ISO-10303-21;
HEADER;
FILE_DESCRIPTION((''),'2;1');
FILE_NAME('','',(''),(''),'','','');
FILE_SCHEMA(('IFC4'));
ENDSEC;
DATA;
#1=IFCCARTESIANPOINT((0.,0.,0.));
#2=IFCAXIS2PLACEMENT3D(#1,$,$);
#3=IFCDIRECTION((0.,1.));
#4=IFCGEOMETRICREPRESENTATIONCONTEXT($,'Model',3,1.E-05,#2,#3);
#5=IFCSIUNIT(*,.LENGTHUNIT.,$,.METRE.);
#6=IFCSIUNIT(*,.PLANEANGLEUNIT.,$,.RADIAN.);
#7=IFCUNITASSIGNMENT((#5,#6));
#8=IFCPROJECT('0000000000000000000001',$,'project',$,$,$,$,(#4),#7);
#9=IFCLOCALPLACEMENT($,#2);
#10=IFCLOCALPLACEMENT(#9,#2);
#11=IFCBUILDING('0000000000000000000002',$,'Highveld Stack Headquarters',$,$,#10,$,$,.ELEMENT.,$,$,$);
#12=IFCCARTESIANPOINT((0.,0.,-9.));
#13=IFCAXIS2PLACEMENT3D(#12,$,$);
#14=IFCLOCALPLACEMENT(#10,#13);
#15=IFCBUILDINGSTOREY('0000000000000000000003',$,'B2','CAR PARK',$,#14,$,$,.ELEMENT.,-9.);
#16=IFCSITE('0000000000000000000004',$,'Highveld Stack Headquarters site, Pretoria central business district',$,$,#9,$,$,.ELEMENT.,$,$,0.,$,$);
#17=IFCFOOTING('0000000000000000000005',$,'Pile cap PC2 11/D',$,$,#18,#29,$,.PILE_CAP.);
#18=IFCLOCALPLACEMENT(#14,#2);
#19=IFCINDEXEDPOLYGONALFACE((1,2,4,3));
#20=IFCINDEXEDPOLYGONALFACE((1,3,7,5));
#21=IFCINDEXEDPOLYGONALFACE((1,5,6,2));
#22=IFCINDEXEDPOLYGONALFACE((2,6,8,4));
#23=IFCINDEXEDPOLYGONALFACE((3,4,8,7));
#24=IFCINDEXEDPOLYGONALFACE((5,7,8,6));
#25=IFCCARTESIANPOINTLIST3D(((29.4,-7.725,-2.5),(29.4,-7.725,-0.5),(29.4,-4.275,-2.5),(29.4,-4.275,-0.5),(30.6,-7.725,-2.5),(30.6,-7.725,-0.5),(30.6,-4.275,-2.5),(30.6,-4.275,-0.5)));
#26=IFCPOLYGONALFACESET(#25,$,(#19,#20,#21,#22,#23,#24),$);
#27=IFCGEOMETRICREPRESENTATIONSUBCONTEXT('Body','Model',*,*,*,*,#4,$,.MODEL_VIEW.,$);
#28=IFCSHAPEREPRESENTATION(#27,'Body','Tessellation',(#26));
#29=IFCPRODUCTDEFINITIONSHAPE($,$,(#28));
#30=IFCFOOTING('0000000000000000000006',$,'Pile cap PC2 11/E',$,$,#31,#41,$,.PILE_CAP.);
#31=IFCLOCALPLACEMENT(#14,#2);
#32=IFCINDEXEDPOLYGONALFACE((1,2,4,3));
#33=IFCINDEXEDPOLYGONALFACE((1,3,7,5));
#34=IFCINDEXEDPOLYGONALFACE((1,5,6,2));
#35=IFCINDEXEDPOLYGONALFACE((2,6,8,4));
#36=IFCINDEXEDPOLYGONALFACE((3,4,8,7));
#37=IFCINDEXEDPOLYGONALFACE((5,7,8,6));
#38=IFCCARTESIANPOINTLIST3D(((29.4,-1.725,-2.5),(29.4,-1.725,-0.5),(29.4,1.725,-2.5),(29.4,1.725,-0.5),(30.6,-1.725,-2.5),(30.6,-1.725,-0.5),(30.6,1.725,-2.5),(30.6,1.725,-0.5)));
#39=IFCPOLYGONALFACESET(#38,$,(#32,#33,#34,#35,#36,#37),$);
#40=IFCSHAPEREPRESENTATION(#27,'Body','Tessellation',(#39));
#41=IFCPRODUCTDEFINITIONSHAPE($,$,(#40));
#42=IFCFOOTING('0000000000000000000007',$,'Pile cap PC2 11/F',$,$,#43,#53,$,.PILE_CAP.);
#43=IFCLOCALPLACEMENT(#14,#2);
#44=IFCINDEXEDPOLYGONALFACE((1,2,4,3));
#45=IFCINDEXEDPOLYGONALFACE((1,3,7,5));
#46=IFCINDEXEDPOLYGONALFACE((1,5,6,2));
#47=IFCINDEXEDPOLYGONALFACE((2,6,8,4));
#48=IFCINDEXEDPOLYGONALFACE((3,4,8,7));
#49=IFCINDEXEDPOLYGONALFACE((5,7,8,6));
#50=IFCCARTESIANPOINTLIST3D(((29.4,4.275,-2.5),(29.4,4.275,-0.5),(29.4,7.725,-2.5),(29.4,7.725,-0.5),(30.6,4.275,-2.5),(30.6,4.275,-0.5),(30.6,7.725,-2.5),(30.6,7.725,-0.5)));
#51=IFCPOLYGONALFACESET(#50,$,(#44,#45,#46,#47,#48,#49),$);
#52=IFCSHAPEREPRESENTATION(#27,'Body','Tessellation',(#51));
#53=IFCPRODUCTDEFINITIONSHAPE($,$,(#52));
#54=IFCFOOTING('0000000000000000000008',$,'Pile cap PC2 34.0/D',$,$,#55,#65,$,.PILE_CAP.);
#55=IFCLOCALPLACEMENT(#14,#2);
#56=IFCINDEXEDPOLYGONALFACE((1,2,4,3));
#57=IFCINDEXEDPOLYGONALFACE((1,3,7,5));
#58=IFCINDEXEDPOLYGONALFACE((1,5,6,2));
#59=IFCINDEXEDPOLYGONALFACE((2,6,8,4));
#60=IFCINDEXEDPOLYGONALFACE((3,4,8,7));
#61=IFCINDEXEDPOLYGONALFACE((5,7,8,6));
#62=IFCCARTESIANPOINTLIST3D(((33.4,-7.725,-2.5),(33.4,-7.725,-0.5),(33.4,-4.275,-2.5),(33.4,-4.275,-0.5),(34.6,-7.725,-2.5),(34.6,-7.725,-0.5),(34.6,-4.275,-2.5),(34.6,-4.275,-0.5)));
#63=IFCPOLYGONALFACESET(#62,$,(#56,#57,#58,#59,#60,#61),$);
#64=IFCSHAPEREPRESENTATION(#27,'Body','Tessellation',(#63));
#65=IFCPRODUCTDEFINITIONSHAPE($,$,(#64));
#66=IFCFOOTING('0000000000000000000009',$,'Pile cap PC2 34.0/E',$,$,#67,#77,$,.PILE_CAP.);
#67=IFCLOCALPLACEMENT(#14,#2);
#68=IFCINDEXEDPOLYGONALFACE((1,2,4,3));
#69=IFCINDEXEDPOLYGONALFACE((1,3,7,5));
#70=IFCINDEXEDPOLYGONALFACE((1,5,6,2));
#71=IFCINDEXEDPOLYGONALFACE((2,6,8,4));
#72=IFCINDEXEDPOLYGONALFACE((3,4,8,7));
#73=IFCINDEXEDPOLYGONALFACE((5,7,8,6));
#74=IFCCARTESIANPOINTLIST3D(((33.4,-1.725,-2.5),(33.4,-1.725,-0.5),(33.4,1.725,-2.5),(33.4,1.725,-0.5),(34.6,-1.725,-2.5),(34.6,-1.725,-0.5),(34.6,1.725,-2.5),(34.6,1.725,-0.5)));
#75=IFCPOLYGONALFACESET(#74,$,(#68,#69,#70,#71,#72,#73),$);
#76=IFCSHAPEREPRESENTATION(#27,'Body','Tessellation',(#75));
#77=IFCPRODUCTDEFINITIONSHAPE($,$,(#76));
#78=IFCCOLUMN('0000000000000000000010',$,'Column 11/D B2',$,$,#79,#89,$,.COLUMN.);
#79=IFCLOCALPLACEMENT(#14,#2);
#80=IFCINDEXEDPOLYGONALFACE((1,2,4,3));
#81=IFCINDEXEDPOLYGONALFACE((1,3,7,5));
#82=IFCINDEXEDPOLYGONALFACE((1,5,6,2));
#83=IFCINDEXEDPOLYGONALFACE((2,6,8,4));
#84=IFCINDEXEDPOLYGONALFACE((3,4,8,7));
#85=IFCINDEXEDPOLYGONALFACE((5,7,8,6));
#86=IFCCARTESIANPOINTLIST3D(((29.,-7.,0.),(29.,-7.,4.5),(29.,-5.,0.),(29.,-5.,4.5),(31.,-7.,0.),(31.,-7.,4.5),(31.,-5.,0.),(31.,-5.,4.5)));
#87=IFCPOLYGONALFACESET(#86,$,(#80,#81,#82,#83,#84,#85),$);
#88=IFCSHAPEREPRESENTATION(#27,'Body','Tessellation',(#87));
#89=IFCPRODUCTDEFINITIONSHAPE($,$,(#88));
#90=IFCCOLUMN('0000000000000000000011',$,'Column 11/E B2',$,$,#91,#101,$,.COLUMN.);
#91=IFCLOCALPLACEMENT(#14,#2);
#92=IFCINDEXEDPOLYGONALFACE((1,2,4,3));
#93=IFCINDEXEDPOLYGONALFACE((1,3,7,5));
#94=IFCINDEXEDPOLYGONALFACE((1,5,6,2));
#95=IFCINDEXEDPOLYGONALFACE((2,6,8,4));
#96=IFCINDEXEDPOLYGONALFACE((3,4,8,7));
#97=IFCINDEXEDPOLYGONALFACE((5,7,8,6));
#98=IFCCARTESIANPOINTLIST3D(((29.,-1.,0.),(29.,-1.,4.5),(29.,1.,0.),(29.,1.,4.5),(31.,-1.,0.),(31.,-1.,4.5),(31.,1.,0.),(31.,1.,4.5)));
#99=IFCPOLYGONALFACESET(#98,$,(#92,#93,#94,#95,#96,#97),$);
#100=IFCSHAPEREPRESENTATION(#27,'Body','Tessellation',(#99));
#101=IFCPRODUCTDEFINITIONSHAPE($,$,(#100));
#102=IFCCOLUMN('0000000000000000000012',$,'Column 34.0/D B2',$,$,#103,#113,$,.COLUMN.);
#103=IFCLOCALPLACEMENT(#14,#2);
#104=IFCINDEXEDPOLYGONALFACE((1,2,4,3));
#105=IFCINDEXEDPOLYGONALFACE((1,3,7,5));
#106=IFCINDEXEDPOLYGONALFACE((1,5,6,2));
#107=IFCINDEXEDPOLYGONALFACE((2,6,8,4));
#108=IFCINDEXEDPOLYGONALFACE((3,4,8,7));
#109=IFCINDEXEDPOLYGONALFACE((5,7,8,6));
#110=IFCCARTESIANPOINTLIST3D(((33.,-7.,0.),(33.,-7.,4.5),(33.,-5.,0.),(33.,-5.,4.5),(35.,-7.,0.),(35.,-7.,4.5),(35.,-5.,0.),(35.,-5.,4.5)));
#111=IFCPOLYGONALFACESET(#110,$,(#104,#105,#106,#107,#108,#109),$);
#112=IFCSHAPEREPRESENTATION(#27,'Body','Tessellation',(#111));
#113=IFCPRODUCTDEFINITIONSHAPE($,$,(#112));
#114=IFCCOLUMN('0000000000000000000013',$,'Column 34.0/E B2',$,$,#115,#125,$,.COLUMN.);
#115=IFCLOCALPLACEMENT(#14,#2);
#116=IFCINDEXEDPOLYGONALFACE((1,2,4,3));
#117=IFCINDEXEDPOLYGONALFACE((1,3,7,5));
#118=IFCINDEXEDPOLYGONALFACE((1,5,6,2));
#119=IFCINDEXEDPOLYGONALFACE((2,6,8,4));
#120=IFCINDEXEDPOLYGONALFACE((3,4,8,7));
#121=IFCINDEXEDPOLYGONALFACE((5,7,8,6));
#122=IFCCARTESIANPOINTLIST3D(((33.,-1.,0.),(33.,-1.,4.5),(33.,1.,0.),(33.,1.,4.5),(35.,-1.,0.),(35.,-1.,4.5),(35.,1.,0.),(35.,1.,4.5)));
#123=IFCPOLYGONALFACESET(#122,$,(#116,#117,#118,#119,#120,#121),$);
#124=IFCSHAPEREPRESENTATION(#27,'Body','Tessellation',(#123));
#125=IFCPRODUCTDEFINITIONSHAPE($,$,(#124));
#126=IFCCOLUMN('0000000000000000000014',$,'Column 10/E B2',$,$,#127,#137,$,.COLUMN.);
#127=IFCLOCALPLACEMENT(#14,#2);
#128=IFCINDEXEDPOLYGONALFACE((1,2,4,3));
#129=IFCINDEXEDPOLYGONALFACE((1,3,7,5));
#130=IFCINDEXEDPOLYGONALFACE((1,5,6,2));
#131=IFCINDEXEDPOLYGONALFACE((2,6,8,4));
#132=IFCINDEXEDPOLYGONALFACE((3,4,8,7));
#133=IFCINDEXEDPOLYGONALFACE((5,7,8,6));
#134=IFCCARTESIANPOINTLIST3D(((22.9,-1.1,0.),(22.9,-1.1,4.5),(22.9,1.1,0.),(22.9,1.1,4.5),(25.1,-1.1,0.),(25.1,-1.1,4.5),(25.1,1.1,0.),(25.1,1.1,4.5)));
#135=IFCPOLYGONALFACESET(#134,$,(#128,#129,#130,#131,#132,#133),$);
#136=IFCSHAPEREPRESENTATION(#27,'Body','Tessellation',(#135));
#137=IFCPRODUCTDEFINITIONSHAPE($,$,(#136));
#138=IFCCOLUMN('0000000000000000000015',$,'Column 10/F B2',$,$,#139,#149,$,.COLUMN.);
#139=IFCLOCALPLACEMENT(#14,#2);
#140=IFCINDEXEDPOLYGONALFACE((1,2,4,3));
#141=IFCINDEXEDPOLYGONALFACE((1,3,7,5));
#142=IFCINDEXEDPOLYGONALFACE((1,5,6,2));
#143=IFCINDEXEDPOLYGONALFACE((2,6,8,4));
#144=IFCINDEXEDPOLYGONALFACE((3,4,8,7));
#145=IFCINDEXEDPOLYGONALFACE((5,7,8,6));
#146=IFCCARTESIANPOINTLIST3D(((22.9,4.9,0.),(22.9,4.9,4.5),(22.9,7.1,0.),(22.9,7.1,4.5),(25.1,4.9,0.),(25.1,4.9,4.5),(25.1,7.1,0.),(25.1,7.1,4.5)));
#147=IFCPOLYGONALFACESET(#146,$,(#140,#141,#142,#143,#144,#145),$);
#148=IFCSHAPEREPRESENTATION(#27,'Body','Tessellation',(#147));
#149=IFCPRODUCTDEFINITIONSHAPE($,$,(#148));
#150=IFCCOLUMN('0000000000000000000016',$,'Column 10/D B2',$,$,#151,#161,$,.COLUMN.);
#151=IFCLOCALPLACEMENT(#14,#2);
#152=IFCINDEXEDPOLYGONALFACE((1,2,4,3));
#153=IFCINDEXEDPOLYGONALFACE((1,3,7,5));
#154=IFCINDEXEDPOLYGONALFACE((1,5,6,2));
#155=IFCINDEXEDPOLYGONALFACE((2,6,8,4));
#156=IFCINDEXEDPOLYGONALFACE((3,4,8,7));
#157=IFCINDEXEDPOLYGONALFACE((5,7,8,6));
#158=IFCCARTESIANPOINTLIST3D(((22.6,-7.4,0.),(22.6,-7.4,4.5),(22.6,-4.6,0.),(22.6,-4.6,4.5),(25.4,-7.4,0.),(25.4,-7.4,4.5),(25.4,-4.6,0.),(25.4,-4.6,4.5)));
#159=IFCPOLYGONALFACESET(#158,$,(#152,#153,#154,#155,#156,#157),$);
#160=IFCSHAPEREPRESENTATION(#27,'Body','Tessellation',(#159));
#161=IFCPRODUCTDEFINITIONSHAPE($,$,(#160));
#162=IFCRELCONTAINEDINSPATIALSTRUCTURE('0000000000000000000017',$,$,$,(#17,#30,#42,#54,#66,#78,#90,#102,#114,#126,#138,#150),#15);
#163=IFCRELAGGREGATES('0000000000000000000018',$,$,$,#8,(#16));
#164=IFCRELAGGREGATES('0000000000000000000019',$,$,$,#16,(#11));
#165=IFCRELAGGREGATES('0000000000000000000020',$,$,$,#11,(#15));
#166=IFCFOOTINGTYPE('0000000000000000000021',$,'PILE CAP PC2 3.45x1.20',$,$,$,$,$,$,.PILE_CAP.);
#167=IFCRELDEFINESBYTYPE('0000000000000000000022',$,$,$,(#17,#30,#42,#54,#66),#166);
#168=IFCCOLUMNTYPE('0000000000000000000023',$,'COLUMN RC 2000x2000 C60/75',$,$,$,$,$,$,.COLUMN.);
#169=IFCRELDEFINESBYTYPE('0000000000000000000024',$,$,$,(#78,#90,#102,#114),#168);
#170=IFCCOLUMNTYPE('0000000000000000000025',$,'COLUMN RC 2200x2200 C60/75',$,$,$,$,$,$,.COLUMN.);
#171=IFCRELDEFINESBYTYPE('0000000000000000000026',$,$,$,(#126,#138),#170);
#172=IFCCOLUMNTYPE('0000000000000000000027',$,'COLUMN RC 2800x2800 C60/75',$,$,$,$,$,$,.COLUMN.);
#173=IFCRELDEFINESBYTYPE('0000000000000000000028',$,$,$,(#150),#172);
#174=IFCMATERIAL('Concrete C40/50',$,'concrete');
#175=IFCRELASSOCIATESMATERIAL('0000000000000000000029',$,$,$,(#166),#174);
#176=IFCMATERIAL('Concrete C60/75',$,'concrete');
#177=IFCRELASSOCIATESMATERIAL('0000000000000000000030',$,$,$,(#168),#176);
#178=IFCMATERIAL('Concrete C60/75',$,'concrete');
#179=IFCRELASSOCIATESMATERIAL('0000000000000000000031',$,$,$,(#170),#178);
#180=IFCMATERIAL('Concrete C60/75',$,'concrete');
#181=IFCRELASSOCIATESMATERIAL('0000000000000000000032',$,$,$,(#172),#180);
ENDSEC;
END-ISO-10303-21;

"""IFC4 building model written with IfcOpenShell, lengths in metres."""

from ifc_helpers import new_model, si_unit, direction, frame, origin, origin_2d, place, context, subcontext, project, spatial, rectangle, extrude, material, material_profile, profile_set, type_object, element, save


model = new_model("IFC4")

# Units and contexts
model_context = context("Model", 3, precision=1e-05, world=origin(), true_north=direction((0.0, 1.0)))
body_context = subcontext(model_context, "Body", "Model", "MODEL_VIEW")
ifc_project = project(units=[si_unit("LENGTHUNIT", "METRE"), si_unit("PLANEANGLEUNIT", "RADIAN")], contexts=[model_context])

# Site, building, storey
site_placement = place(None, origin())
site = spatial("IfcSite", under=ifc_project, at=site_placement, Name="Highveld Stack Headquarters site, Pretoria central business district", CompositionType="ELEMENT", RefElevation=0.0)
building_placement = place(site_placement, origin())
building = spatial("IfcBuilding", under=site, at=building_placement, Name="Highveld Stack Headquarters", CompositionType="ELEMENT")
storey_placement = place(building_placement, frame((0.0, 0.0, -9.0)))
storey = spatial("IfcBuildingStorey", under=building, at=storey_placement, Name="B2", Description="CAR PARK", CompositionType="ELEMENT", Elevation=-9.0)

# Footings
ifc_material_1 = material(Name="Concrete C40/50", Category="concrete")
footing_type_1 = type_object("IfcFootingType", Name="PILE CAP PC2 3.45x1.20", PredefinedType="PILE_CAP", material=ifc_material_1)
for number, where, z_axis, x_axis, name in (
    (1, (30.0, -6.0, -2.5), (0.0, 0.0, 1.0), (0.0, 1.0, 0.0), "Pile cap PC2 11/D"),
    (2, (30.0, 0.0, -2.5), (0.0, 0.0, 1.0), (0.0, 1.0, 0.0), "Pile cap PC2 11/E"),
    (3, (30.0, 6.0, -2.5), (0.0, 0.0, 1.0), (0.0, 1.0, 0.0), "Pile cap PC2 11/F"),
    (4, (34.0, -6.0, -2.5), (0.0, 0.0, 1.0), (0.0, 1.0, 0.0), "Pile cap PC2 34.0/D"),
    (5, (34.0, 0.0, -2.5), (0.0, 0.0, 1.0), (0.0, 1.0, 0.0), "Pile cap PC2 34.0/E"),
):
    element("IfcFooting", number, at=place(storey_placement, frame(where, z_axis=z_axis, x_axis=x_axis)), inside=storey, type_object=footing_type_1, Name=name, PredefinedType="PILE_CAP", context=body_context, shape_type="SweptSolid", body=[
        extrude(rectangle(XDim=3.45, YDim=1.2, at=origin_2d()), origin(), (0.0, 0.0, 1.0), 2.0),
    ])

# Columns
ifc_material_2 = material(Name="Concrete C60/75", Category="concrete")
ifc_material_profile_1 = material_profile(ifc_material_2, rectangle(XDim=2.0, YDim=2.0, at=origin_2d()), Name="RC 2000x2000")
ifc_profile_set_1 = profile_set([ifc_material_profile_1], Name="Concrete C60/75")
column_type_1 = type_object("IfcColumnType", Name="COLUMN RC 2000x2000 C60/75", PredefinedType="COLUMN", material=ifc_profile_set_1)
for number, where, z_axis, x_axis, name in (
    (6, (30.0, -6.0, 0.0), (0.0, 0.0, 1.0), (1.0, 0.0, 0.0), "Column 11/D B2"),
    (7, (30.0, 0.0, 0.0), (0.0, 0.0, 1.0), (1.0, 0.0, 0.0), "Column 11/E B2"),
    (8, (34.0, -6.0, 0.0), (0.0, 0.0, 1.0), (1.0, 0.0, 0.0), "Column 34.0/D B2"),
    (9, (34.0, 0.0, 0.0), (0.0, 0.0, 1.0), (1.0, 0.0, 0.0), "Column 34.0/E B2"),
):
    element("IfcColumn", number, at=place(storey_placement, frame(where, z_axis=z_axis, x_axis=x_axis)), inside=storey, type_object=column_type_1, Name=name, PredefinedType="COLUMN", context=body_context, shape_type="SweptSolid", body=[
        extrude(rectangle(XDim=2.0, YDim=2.0, at=origin_2d()), origin(), (0.0, 0.0, 1.0), 4.5),
    ])
ifc_material_3 = material(Name="Concrete C60/75", Category="concrete")
ifc_material_profile_2 = material_profile(ifc_material_3, rectangle(XDim=2.2, YDim=2.2, at=origin_2d()), Name="RC 2200x2200")
ifc_profile_set_2 = profile_set([ifc_material_profile_2], Name="Concrete C60/75")
column_type_2 = type_object("IfcColumnType", Name="COLUMN RC 2200x2200 C60/75", PredefinedType="COLUMN", material=ifc_profile_set_2)
for number, where, z_axis, x_axis, name in (
    (10, (24.0, 0.0, 0.0), (0.0, 0.0, 1.0), (1.0, 0.0, 0.0), "Column 10/E B2"),
    (11, (24.0, 6.0, 0.0), (0.0, 0.0, 1.0), (1.0, 0.0, 0.0), "Column 10/F B2"),
):
    element("IfcColumn", number, at=place(storey_placement, frame(where, z_axis=z_axis, x_axis=x_axis)), inside=storey, type_object=column_type_2, Name=name, PredefinedType="COLUMN", context=body_context, shape_type="SweptSolid", body=[
        extrude(rectangle(XDim=2.2, YDim=2.2, at=origin_2d()), origin(), (0.0, 0.0, 1.0), 4.5),
    ])
ifc_material_4 = material(Name="Concrete C60/75", Category="concrete")
ifc_material_profile_3 = material_profile(ifc_material_4, rectangle(XDim=2.8, YDim=2.8, at=origin_2d()), Name="RC 2800x2800")
ifc_profile_set_3 = profile_set([ifc_material_profile_3], Name="Concrete C60/75")
column_type_3 = type_object("IfcColumnType", Name="COLUMN RC 2800x2800 C60/75", PredefinedType="COLUMN", material=ifc_profile_set_3)
column_placement = place(storey_placement, frame((24.0, -6.0, 0.0), z_axis=(0.0, 0.0, 1.0), x_axis=(1.0, 0.0, 0.0)))
element("IfcColumn", 12, at=column_placement, inside=storey, type_object=column_type_3, Name="Column 10/D B2", PredefinedType="COLUMN", context=body_context, shape_type="SweptSolid", body=[
    extrude(rectangle(XDim=2.8, YDim=2.8, at=origin_2d()), origin(), (0.0, 0.0, 1.0), 4.5),
])

save(model, "model.ifc")
